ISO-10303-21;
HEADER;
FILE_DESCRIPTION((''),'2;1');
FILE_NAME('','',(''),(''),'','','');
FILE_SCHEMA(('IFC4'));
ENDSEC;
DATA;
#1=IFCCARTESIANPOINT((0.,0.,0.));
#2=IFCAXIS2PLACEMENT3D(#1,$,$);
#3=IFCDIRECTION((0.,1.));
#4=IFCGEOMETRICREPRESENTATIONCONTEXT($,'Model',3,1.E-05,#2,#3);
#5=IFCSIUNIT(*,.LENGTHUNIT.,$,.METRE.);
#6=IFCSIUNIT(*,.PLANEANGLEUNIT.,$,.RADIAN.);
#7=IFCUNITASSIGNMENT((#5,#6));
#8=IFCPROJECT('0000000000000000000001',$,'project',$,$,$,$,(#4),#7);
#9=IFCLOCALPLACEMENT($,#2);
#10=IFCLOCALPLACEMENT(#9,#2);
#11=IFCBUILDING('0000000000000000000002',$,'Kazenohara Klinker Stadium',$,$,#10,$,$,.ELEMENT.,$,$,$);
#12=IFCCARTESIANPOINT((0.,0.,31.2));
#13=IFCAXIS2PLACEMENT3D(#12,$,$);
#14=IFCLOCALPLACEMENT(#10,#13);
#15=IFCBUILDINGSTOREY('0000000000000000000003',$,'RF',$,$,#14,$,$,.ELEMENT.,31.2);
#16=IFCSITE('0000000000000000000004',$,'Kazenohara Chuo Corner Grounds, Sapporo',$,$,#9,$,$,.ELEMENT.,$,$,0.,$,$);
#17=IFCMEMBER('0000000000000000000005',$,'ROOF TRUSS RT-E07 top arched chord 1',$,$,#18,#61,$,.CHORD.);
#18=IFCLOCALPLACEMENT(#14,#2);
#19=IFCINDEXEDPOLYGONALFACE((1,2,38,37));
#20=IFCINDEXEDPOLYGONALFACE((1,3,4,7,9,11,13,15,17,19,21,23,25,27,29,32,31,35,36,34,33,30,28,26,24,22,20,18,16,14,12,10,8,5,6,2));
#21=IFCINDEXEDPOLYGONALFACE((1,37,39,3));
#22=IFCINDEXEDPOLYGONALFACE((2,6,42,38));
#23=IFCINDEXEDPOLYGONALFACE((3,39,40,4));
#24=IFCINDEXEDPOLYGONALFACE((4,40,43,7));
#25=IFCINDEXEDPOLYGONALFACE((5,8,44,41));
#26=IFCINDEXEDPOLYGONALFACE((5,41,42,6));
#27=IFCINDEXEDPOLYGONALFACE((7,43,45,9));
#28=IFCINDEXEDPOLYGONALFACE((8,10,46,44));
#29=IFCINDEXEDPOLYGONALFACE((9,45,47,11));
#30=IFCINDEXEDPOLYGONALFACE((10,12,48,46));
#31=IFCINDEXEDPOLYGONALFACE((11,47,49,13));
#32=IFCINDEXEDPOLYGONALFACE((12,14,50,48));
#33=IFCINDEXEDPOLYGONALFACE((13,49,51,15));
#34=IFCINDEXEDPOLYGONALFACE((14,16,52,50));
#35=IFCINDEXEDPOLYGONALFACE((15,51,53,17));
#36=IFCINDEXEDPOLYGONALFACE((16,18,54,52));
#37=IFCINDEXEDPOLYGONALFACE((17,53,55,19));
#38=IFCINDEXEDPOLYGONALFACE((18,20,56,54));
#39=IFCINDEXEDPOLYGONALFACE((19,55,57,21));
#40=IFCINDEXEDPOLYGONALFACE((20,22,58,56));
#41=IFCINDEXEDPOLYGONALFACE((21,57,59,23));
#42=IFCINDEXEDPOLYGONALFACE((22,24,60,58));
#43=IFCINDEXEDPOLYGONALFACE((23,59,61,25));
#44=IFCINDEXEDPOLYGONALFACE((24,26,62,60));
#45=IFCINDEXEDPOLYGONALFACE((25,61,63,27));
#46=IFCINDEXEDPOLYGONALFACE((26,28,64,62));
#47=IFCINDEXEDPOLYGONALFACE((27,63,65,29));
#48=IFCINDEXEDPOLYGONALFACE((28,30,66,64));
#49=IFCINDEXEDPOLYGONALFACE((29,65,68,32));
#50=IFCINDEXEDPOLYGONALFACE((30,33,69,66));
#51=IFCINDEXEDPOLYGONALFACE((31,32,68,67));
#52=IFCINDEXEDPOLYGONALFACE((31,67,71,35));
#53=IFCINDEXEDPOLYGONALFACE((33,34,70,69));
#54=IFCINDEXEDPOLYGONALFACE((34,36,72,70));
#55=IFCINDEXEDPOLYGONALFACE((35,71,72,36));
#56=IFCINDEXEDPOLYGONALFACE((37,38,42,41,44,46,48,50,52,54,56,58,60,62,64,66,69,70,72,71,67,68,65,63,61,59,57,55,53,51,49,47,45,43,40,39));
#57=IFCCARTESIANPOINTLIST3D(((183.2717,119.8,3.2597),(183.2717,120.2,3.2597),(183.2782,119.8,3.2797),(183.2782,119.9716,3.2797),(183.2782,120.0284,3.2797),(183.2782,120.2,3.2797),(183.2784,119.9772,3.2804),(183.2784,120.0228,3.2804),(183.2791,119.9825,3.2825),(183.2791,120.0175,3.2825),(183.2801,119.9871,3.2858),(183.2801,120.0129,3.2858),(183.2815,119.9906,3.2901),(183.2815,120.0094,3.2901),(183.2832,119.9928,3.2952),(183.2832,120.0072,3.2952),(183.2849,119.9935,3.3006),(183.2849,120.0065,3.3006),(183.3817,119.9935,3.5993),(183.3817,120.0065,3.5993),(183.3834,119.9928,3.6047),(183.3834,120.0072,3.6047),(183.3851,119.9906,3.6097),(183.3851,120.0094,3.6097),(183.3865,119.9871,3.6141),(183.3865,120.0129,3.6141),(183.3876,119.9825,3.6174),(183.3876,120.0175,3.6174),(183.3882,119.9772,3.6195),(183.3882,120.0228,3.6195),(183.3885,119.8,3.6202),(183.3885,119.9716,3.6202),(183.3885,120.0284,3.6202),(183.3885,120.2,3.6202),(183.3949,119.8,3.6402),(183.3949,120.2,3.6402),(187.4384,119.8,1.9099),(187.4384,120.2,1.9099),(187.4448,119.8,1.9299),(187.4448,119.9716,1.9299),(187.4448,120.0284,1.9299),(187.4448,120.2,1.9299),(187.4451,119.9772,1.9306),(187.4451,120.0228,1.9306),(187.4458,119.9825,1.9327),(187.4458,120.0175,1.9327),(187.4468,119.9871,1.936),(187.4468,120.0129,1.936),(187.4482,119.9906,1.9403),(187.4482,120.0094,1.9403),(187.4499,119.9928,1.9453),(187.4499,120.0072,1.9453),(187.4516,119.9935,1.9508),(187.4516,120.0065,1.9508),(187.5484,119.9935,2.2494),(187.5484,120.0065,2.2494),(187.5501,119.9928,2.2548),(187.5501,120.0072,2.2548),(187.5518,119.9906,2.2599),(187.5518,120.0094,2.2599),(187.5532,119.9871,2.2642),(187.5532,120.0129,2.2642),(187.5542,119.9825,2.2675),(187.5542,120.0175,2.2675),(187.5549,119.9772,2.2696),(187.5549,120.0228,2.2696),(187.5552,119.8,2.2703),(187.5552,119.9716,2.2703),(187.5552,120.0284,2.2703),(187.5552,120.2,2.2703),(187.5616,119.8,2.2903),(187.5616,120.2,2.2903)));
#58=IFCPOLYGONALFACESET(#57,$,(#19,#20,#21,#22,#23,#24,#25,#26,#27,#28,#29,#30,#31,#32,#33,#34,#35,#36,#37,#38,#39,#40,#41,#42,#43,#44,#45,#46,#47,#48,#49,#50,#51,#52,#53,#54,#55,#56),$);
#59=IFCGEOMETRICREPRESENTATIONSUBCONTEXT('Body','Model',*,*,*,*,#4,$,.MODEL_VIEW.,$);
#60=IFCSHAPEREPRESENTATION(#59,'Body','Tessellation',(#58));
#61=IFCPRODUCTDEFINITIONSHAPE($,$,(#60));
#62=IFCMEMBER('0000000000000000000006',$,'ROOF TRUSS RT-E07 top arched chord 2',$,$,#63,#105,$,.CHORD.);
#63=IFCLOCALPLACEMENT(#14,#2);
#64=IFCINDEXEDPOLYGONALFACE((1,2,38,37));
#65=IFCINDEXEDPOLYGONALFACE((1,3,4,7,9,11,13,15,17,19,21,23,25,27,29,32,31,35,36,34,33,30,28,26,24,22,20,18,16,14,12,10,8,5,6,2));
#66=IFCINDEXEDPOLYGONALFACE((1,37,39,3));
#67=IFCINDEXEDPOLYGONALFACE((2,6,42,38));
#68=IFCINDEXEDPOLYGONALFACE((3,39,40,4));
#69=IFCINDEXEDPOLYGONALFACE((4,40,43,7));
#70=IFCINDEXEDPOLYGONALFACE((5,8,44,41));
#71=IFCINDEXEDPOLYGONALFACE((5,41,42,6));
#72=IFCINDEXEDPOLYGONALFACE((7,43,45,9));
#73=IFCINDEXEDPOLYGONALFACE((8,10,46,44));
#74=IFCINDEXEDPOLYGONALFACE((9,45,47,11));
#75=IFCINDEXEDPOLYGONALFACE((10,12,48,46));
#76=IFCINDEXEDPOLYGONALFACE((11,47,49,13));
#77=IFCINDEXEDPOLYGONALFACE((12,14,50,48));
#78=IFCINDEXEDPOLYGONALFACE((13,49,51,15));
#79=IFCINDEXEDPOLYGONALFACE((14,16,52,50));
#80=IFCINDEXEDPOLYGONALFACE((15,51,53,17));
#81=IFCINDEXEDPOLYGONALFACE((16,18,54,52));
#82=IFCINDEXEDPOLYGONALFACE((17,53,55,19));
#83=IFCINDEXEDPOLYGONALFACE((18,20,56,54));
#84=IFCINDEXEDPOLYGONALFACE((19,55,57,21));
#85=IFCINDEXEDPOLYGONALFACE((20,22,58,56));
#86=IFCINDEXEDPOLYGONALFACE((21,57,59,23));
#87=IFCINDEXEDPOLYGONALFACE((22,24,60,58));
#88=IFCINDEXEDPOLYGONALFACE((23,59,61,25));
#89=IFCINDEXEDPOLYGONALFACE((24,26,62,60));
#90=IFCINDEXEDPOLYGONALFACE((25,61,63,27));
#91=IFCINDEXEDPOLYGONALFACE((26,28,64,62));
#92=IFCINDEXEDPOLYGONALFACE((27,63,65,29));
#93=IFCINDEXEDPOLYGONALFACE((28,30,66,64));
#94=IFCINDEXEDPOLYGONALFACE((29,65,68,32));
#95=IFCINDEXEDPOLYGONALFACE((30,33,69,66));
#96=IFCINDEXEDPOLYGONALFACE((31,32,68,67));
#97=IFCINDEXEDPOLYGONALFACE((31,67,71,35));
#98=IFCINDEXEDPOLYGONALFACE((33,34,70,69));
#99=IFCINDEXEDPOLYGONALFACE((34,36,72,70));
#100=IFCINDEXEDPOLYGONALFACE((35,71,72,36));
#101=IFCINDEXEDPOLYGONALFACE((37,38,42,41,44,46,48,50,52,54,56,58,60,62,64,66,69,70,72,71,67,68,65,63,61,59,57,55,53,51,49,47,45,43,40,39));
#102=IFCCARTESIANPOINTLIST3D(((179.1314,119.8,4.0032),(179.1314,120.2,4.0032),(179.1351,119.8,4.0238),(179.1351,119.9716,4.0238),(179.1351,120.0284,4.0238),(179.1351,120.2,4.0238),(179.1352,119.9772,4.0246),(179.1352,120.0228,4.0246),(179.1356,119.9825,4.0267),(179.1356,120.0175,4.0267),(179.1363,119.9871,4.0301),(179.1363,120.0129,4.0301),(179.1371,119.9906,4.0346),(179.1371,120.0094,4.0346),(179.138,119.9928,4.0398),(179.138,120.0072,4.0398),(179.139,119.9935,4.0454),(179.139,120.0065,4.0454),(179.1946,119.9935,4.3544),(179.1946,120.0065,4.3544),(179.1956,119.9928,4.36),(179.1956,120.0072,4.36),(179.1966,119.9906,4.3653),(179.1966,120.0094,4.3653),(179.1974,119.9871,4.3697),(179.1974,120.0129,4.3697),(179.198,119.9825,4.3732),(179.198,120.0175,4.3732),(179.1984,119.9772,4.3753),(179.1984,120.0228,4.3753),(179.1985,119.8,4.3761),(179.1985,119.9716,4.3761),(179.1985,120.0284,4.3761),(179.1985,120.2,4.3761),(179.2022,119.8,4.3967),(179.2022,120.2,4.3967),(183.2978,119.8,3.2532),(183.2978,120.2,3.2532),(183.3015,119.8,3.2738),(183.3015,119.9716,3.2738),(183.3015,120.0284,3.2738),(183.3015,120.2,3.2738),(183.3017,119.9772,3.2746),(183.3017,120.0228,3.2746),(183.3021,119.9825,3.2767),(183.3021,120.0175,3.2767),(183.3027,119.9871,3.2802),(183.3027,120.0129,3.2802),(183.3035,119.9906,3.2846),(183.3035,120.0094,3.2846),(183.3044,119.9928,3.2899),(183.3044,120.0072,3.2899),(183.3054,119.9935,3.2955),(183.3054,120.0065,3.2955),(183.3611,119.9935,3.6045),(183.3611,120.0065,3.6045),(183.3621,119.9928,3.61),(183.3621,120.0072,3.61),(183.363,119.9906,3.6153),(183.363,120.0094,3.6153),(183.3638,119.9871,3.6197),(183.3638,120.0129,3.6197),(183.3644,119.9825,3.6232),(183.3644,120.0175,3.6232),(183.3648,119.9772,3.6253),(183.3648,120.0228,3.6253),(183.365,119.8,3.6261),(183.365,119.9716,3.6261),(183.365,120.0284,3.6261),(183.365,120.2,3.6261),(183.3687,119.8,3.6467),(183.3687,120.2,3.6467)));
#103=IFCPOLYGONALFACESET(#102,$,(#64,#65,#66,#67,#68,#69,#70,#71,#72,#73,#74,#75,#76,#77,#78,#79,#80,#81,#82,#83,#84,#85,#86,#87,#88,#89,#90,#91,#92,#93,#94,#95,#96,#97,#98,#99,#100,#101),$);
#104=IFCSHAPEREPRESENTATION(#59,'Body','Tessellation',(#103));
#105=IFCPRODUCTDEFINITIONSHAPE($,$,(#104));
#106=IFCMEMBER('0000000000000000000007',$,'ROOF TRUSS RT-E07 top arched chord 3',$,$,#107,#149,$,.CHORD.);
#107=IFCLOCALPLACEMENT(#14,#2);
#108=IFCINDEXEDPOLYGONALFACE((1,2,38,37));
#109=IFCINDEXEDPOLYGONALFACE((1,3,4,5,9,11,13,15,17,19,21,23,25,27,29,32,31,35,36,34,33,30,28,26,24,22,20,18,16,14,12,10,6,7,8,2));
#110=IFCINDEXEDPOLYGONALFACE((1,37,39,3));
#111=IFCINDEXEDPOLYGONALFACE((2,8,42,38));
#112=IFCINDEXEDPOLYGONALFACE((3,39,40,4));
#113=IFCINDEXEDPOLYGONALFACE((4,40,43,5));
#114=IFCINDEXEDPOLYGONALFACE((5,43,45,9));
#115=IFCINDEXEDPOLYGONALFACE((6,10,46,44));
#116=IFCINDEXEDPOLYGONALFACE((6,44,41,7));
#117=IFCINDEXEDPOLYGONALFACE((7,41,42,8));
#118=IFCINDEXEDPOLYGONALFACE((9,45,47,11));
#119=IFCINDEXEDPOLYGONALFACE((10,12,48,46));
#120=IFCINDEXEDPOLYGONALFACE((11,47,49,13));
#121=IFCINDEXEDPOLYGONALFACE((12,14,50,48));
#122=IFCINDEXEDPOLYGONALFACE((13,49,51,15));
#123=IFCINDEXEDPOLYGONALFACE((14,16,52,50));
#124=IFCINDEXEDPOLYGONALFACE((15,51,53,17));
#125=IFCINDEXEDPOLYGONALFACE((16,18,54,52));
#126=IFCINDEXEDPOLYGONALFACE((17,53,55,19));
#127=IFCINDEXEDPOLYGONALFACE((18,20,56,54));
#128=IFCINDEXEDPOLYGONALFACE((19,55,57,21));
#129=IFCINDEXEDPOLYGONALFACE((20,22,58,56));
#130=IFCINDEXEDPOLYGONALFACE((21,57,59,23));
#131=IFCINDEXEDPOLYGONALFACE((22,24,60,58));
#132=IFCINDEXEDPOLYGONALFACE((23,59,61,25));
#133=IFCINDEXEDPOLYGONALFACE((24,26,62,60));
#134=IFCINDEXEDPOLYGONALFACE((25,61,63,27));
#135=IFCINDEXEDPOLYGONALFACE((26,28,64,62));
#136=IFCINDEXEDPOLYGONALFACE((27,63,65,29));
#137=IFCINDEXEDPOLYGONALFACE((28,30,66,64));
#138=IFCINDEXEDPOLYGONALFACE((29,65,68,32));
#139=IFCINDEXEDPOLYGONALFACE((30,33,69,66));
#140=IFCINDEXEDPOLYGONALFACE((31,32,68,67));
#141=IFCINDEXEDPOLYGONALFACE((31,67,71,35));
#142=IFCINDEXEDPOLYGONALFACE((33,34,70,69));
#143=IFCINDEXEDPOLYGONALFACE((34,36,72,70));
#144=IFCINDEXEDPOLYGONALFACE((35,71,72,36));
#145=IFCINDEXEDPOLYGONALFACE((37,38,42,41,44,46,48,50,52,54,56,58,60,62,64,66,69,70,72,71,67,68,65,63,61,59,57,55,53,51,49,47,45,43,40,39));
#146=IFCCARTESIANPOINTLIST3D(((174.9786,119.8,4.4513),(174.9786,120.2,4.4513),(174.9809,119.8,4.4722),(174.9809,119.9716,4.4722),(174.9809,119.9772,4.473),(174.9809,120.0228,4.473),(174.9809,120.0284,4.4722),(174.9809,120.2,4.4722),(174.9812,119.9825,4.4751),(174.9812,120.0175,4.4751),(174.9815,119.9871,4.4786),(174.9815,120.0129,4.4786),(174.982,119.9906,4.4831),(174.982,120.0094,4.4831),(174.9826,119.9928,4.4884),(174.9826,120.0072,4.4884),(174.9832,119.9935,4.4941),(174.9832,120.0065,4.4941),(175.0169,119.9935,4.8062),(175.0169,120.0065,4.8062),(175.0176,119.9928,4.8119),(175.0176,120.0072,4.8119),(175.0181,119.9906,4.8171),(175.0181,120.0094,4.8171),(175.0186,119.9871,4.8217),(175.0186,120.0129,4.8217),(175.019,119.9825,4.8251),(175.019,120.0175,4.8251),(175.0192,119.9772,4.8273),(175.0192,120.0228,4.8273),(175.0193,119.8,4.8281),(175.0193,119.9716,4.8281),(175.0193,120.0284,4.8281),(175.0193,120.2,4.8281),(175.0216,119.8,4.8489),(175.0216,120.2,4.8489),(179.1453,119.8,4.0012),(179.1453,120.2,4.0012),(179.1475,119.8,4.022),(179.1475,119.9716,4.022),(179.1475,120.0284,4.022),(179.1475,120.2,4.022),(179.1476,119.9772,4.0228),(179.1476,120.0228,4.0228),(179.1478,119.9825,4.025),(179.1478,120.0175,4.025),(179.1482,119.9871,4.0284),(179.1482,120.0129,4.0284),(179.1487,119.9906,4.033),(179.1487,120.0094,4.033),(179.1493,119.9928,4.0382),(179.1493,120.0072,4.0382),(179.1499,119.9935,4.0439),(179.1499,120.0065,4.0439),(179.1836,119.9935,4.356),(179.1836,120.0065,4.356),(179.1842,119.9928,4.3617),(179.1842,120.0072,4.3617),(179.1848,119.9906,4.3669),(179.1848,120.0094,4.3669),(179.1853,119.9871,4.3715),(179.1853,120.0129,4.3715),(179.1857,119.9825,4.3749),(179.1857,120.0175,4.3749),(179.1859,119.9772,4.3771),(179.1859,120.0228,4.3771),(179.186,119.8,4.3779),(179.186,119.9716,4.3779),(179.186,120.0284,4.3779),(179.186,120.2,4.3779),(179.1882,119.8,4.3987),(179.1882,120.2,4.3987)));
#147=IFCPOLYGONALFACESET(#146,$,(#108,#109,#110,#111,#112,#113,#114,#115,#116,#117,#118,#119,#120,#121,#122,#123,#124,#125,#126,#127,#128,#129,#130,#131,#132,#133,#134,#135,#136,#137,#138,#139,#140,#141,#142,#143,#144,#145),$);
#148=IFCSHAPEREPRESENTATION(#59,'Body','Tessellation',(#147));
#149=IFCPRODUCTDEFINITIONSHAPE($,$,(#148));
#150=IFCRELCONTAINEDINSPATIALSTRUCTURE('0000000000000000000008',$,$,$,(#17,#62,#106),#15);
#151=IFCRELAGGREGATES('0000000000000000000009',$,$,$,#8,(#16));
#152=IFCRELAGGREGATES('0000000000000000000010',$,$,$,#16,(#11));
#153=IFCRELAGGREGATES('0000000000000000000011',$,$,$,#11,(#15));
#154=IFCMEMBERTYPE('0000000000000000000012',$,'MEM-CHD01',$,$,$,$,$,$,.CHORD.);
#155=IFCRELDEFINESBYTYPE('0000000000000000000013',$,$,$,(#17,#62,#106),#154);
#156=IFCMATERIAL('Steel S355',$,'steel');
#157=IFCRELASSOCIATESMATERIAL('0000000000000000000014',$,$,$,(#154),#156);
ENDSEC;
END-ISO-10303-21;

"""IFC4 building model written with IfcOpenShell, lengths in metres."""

from ifc_helpers import new_model, si_unit, direction, frame, origin, origin_2d, place, context, subcontext, project, spatial, i_section, extrude, material, material_profile, profile_set, type_object, element, save


model = new_model("IFC4")

# Units and contexts
model_context = context("Model", 3, precision=1e-05, world=origin(), true_north=direction((0.0, 1.0)))
body_context = subcontext(model_context, "Body", "Model", "MODEL_VIEW")
ifc_project = project(units=[si_unit("LENGTHUNIT", "METRE"), si_unit("PLANEANGLEUNIT", "RADIAN")], contexts=[model_context])

# Site, building, storey
site_placement = place(None, origin())
site = spatial("IfcSite", under=ifc_project, at=site_placement, Name="Kazenohara Chuo Corner Grounds, Sapporo", CompositionType="ELEMENT", RefElevation=0.0)
building_placement = place(site_placement, origin())
building = spatial("IfcBuilding", under=site, at=building_placement, Name="Kazenohara Klinker Stadium", CompositionType="ELEMENT")
storey_placement = place(building_placement, frame((0.0, 0.0, 31.2)))
storey = spatial("IfcBuildingStorey", under=building, at=storey_placement, Name="RF", CompositionType="ELEMENT", Elevation=31.2)

# Members
ifc_material_1 = material(Name="Steel S355", Category="steel")
ifc_material_profile_1 = material_profile(ifc_material_1, i_section(OverallWidth=0.3999, OverallDepth=0.3999, WebThickness=0.0129, FlangeThickness=0.021, FilletRadius=0.022, at=origin_2d()), Name="H-400x400x13x21")
ifc_profile_set_1 = profile_set([ifc_material_profile_1], Name="Steel S355")
member_type_1 = type_object("IfcMemberType", Name="MEM-CHD01", PredefinedType="CHORD", material=ifc_profile_set_1)
member_1_placement = place(storey_placement, frame((187.5, 120.0, 2.1001), z_axis=(-0.951325, 0.0, 0.30819), x_axis=(0.0, -1.0, 0.0)))
element("IfcMember", 1, at=member_1_placement, inside=storey, type_object=member_type_1, Name="ROOF TRUSS RT-E07 top arched chord 1", PredefinedType="CHORD", context=body_context, shape_type="SweptSolid", body=[
    extrude(i_section(OverallWidth=0.3999, OverallDepth=0.3999, WebThickness=0.0129, FlangeThickness=0.021, FilletRadius=0.022, at=origin_2d()), origin(), (0.0, 0.0, 1.0), 4.3799),
])
member_2_placement = place(storey_placement, frame((183.3333, 120.0, 3.45), z_axis=(-0.984182, 0.0, 0.17716), x_axis=(0.0, -1.0, 0.0)))
element("IfcMember", 2, at=member_2_placement, inside=storey, type_object=member_type_1, Name="ROOF TRUSS RT-E07 top arched chord 2", PredefinedType="CHORD", context=body_context, shape_type="SweptSolid", body=[
    extrude(i_section(OverallWidth=0.3999, OverallDepth=0.3999, WebThickness=0.0129, FlangeThickness=0.021, FilletRadius=0.022, at=origin_2d()), origin(), (0.0, 0.0, 1.0), 4.2334),
])
member_3_placement = place(storey_placement, frame((179.1667, 120.0, 4.2), z_axis=(-0.994214, 0.0, 0.10742), x_axis=(0.0, -1.0, 0.0)))
element("IfcMember", 3, at=member_3_placement, inside=storey, type_object=member_type_1, Name="ROOF TRUSS RT-E07 top arched chord 3", PredefinedType="CHORD", context=body_context, shape_type="SweptSolid", body=[
    extrude(i_section(OverallWidth=0.3999, OverallDepth=0.3999, WebThickness=0.0129, FlangeThickness=0.021, FilletRadius=0.022, at=origin_2d()), origin(), (0.0, 0.0, 1.0), 4.1909),
])

save(model, "model.ifc")
